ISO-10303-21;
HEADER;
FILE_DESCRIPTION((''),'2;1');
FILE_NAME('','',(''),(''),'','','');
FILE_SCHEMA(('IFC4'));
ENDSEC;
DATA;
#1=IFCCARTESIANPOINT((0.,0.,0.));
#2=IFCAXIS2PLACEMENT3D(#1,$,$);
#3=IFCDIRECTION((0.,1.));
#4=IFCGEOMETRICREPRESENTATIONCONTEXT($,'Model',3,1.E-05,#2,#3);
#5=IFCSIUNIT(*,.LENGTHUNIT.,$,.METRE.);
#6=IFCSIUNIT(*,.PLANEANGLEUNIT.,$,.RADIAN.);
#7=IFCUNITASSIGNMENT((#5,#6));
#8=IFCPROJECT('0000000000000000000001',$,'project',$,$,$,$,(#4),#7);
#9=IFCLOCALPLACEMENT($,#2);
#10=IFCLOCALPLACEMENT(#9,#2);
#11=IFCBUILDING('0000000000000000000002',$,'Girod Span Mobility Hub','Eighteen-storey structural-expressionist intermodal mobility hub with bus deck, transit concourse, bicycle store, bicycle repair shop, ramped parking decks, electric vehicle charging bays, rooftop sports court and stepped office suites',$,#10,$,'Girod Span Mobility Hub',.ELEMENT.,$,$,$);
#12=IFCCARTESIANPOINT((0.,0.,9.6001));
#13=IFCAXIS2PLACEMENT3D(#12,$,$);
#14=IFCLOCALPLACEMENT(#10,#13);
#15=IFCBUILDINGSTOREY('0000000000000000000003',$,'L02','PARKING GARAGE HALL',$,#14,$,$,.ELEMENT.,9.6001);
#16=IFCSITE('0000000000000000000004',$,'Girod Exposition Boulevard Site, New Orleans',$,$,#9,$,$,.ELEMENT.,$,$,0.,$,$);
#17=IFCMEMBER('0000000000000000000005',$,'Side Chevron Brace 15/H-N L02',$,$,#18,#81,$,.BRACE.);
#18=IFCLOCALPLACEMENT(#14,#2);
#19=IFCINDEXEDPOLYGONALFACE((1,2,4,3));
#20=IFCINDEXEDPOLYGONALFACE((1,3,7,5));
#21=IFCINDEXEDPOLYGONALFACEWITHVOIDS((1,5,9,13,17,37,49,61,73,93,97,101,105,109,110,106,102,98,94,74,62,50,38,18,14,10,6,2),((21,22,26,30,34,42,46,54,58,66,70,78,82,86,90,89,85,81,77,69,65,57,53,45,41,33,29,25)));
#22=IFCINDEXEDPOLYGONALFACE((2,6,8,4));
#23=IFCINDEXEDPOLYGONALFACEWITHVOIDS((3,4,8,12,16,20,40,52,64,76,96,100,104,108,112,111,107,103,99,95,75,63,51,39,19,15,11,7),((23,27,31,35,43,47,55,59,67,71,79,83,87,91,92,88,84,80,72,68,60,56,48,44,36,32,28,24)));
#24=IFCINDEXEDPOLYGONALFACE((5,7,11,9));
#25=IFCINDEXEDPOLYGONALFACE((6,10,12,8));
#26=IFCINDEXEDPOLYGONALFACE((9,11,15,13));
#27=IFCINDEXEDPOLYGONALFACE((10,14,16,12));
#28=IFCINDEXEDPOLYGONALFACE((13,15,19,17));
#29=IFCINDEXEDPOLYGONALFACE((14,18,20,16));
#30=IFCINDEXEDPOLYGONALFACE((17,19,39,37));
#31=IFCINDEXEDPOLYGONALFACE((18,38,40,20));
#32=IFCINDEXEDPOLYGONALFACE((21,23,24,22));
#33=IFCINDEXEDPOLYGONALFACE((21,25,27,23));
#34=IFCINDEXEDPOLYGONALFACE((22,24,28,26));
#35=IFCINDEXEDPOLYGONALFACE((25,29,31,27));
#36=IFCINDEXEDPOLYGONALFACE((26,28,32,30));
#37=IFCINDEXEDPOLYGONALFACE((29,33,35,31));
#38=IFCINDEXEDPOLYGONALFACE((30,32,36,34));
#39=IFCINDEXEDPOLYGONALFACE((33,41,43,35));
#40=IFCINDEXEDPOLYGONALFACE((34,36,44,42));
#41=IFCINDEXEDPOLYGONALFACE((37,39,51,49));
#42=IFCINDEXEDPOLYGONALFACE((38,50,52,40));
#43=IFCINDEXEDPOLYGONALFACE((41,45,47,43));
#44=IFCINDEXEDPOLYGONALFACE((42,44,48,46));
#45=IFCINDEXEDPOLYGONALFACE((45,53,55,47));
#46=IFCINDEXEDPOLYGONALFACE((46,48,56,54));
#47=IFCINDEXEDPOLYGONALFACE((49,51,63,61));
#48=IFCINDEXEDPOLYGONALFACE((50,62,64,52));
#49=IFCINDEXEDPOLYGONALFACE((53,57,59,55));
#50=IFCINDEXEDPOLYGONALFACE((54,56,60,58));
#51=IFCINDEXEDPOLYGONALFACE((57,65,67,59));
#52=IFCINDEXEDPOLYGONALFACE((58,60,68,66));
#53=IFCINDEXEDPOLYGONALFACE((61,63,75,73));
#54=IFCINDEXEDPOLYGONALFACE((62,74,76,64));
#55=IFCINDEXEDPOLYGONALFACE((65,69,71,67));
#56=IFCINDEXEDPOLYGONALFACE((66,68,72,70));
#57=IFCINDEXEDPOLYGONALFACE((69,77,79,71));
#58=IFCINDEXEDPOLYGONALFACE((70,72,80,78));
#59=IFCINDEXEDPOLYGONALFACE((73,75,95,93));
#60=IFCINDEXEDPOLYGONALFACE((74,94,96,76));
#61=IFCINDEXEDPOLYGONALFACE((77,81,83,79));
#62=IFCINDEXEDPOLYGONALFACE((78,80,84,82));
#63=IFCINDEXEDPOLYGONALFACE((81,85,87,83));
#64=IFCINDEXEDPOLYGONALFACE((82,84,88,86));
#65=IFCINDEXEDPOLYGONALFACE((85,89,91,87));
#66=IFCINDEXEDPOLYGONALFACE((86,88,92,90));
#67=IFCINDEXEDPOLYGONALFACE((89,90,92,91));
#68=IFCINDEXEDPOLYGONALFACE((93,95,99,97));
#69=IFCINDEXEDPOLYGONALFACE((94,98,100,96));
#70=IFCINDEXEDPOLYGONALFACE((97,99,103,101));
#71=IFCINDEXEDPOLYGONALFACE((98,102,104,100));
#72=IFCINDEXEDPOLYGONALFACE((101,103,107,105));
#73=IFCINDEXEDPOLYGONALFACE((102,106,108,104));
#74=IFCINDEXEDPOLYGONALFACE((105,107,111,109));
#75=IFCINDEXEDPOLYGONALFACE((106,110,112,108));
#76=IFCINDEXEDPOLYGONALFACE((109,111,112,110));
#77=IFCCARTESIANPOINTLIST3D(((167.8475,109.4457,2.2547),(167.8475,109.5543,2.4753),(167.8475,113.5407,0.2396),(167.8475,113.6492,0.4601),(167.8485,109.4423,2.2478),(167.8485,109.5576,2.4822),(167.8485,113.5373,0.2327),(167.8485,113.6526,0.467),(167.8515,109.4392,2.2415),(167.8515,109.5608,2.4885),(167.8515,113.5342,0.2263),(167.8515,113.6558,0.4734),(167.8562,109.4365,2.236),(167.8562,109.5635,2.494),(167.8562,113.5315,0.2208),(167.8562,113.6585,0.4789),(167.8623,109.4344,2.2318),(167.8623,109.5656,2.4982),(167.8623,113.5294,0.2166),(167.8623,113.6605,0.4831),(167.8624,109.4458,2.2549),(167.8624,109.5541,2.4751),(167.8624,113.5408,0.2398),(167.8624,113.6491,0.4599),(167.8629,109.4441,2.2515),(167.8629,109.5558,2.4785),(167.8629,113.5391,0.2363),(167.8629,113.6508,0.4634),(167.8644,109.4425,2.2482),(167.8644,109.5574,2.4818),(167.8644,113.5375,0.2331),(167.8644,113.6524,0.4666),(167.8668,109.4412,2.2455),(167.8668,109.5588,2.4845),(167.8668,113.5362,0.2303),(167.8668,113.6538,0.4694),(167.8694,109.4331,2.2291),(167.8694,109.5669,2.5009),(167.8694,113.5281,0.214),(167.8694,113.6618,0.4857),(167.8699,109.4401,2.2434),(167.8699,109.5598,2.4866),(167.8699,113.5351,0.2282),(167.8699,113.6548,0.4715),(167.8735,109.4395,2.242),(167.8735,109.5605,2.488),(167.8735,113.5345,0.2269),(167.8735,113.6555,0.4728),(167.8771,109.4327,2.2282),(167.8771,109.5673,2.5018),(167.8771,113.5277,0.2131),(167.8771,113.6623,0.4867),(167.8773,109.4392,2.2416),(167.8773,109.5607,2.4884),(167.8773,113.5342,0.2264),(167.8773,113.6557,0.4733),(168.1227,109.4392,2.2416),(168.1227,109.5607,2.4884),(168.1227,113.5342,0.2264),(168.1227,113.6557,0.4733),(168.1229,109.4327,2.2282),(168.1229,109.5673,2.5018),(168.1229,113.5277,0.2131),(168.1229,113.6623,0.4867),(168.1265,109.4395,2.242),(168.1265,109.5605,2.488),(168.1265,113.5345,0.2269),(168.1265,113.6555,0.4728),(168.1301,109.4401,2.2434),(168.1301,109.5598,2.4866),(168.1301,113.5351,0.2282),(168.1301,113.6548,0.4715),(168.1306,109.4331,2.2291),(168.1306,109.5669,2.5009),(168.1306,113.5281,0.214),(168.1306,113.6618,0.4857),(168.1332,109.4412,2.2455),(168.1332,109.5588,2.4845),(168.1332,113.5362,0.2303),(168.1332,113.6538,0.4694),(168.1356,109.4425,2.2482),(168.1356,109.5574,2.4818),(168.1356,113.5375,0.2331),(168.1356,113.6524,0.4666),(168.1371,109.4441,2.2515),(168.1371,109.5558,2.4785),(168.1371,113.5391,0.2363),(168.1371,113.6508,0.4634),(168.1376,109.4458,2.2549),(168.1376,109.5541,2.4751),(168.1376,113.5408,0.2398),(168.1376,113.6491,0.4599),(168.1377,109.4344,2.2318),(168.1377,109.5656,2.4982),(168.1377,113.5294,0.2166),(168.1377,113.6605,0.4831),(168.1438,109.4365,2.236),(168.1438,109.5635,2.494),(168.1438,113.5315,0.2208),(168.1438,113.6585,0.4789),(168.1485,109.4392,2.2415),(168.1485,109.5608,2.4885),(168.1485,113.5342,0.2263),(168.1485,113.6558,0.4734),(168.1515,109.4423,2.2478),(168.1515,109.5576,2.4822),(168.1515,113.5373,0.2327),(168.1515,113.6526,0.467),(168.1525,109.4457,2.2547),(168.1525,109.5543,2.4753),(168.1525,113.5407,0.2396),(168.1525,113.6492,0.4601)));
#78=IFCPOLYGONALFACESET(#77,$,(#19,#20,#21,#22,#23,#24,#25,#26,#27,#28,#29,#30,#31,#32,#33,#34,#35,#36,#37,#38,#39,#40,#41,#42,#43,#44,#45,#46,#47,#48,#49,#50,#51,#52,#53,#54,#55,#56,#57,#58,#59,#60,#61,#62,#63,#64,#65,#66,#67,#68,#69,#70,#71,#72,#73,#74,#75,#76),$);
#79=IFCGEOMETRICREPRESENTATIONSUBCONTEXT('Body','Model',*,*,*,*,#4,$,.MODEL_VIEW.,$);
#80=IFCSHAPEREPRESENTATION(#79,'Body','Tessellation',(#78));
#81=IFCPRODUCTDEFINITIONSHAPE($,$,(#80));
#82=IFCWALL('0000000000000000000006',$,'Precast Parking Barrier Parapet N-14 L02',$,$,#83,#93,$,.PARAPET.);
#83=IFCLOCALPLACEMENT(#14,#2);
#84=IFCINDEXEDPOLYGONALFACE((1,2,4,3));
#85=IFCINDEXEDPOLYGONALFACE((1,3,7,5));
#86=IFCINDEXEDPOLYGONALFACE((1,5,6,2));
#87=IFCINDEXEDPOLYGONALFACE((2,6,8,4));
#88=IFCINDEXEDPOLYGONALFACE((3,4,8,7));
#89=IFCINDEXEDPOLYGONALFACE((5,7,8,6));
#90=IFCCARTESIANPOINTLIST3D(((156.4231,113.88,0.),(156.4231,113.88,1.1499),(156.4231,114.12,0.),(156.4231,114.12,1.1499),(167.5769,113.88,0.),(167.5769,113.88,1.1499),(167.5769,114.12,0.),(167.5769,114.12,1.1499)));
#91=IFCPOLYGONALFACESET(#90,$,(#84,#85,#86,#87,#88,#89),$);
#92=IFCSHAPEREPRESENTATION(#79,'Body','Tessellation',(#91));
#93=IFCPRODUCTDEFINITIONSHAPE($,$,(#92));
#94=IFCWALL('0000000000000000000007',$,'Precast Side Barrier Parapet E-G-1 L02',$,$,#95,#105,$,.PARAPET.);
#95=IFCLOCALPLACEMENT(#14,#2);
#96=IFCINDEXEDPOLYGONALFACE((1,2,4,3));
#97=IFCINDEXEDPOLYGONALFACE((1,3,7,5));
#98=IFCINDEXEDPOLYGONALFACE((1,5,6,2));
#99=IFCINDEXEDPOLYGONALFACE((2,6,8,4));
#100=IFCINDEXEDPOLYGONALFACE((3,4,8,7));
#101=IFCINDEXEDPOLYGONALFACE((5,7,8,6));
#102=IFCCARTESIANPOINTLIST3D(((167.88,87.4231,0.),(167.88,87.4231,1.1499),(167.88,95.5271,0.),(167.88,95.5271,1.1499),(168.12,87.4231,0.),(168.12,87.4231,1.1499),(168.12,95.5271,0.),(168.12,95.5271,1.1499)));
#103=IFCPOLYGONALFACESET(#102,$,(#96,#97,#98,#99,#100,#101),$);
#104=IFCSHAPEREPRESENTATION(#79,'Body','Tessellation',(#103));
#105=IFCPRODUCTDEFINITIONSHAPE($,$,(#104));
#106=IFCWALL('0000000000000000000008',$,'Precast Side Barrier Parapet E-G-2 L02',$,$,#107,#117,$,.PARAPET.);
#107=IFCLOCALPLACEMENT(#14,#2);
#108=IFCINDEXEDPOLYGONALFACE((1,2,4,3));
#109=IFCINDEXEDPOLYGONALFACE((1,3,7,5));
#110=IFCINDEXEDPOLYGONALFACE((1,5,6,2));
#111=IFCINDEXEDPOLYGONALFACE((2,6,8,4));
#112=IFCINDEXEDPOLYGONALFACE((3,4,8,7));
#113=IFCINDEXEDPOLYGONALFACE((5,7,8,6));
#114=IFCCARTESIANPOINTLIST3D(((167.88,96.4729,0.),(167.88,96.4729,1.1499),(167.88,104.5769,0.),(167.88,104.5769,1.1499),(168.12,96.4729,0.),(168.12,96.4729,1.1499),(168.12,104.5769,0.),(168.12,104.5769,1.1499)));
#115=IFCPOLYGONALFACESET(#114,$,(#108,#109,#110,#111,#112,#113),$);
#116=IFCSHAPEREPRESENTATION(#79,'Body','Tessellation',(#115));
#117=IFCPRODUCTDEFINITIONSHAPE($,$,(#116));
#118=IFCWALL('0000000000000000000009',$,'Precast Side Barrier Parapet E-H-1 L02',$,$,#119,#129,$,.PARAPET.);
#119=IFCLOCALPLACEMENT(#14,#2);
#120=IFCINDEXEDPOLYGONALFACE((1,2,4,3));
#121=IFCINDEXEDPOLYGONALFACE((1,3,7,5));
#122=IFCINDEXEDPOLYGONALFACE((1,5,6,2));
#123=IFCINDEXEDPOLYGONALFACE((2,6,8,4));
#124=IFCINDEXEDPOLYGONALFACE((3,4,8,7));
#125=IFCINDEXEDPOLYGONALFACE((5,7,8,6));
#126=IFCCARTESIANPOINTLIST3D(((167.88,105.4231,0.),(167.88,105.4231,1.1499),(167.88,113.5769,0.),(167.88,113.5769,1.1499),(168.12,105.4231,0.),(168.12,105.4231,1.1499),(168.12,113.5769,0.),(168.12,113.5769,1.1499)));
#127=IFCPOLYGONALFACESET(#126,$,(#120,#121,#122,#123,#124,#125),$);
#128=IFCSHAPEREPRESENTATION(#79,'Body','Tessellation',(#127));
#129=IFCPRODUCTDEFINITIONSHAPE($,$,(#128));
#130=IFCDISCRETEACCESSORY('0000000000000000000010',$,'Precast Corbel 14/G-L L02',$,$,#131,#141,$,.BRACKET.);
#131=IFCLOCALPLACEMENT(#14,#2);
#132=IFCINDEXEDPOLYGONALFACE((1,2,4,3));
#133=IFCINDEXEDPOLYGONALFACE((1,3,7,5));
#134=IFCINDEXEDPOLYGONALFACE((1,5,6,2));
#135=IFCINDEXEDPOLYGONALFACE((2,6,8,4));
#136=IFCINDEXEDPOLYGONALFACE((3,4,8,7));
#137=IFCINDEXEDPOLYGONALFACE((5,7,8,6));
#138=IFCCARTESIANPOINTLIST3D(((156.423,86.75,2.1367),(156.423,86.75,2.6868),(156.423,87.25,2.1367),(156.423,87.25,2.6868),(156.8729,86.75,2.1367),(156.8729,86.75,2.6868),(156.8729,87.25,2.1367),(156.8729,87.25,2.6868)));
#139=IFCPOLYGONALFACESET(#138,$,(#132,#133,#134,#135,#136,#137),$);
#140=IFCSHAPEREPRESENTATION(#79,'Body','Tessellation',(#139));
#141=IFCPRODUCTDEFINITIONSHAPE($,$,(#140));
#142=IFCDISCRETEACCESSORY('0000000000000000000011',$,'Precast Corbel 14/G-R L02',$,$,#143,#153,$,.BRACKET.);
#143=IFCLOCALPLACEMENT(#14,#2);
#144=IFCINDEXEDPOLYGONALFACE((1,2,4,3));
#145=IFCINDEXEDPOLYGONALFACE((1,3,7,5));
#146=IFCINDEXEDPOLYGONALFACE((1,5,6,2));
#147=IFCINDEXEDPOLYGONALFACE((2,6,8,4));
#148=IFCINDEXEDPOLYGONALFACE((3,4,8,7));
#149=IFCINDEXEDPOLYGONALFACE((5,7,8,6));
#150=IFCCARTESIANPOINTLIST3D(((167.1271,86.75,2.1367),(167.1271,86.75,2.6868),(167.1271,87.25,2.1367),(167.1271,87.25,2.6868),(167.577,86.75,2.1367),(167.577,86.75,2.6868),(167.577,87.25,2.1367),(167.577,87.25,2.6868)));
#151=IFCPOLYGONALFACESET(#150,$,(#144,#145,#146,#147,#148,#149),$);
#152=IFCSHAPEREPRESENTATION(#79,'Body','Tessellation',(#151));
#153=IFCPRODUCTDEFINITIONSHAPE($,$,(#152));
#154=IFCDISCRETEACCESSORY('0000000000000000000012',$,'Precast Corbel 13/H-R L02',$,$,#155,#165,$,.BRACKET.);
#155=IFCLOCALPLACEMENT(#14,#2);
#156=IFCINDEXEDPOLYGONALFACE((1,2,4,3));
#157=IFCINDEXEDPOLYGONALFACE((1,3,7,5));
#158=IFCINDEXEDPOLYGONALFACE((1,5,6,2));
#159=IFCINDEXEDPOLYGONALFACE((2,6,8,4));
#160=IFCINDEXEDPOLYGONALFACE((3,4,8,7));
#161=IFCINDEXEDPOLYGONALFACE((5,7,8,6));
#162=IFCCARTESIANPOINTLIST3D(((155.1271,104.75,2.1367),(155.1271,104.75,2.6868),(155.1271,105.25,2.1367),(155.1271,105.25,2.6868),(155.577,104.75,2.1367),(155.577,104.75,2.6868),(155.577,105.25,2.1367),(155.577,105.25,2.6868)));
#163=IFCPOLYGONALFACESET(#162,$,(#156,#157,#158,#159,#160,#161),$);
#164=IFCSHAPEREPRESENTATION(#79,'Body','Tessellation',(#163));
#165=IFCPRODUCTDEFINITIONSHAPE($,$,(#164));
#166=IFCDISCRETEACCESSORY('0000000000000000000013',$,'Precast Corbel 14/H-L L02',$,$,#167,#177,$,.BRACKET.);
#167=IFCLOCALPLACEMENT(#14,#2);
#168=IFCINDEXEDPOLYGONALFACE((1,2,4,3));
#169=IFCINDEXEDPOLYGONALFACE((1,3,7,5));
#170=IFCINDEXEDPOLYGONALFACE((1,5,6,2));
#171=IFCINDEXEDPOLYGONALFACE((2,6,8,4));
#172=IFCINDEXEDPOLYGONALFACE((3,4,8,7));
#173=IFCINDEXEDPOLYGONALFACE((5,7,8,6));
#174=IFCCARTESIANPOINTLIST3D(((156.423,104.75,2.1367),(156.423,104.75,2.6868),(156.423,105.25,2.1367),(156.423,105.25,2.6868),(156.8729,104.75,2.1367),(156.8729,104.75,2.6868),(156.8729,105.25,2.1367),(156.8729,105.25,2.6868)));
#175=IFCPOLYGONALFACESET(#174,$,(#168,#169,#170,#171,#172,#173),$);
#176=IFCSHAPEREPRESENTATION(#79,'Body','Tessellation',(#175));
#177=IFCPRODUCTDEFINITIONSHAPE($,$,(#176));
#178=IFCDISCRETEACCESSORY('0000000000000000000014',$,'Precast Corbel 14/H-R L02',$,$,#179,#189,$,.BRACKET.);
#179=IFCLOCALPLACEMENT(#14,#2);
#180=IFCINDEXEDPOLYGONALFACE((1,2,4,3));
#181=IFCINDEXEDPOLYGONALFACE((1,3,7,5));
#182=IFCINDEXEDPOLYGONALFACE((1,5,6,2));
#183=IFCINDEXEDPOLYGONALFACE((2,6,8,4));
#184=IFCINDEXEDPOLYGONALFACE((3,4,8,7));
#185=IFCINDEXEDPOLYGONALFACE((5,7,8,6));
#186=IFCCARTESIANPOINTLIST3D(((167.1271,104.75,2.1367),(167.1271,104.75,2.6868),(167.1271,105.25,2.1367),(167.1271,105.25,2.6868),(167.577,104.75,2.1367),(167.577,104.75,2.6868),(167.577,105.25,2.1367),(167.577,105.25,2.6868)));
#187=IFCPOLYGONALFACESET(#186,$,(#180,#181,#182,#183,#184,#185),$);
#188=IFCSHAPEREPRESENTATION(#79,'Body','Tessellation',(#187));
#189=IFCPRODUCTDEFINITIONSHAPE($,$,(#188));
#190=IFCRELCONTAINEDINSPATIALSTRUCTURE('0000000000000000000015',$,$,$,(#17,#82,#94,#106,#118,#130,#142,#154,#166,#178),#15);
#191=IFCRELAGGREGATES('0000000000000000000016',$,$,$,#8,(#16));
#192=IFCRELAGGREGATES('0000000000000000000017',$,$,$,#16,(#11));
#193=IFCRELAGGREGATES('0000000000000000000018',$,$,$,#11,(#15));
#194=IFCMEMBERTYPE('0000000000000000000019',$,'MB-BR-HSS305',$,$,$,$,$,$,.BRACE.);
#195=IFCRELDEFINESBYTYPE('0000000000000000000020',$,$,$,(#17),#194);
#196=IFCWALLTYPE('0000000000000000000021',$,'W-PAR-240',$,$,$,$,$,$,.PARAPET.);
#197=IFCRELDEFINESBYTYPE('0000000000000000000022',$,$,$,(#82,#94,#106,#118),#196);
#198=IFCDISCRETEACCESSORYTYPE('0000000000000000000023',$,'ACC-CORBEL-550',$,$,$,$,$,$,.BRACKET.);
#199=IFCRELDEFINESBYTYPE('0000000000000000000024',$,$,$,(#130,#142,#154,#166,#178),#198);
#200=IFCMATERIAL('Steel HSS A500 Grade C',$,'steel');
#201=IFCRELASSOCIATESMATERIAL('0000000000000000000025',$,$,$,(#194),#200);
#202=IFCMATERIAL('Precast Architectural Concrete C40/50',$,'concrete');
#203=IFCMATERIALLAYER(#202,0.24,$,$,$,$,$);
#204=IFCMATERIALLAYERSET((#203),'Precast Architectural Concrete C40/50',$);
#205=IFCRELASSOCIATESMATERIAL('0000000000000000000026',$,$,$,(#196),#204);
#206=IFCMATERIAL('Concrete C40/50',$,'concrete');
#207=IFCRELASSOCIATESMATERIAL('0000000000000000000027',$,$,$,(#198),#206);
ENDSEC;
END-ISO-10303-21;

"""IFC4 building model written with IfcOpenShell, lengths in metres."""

from ifc_helpers import new_model, si_unit, direction, frame, frame_2d, origin, origin_2d, place, context, subcontext, project, spatial, rectangle, hollow_rectangle, extrude, material, layer, layer_set, material_profile, profile_set, type_object, element, save


model = new_model("IFC4")

# Units and contexts
model_context = context("Model", 3, precision=1e-05, world=origin(), true_north=direction((0.0, 1.0)))
body_context = subcontext(model_context, "Body", "Model", "MODEL_VIEW")
ifc_project = project(units=[si_unit("LENGTHUNIT", "METRE"), si_unit("PLANEANGLEUNIT", "RADIAN")], contexts=[model_context])

# Site, building, storey
site_placement = place(None, origin())
site = spatial("IfcSite", under=ifc_project, at=site_placement, Name="Girod Exposition Boulevard Site, New Orleans", CompositionType="ELEMENT", RefElevation=0.0)
building_placement = place(site_placement, origin())
building = spatial("IfcBuilding", under=site, at=building_placement, Name="Girod Span Mobility Hub", Description="Eighteen-storey structural-expressionist intermodal mobility hub with bus deck, transit concourse, bicycle store, bicycle repair shop, ramped parking decks, electric vehicle charging bays, rooftop sports court and stepped office suites", LongName="Girod Span Mobility Hub", CompositionType="ELEMENT")
storey_placement = place(building_placement, frame((0.0, 0.0, 9.6001)))
storey = spatial("IfcBuildingStorey", under=building, at=storey_placement, Name="L02", Description="PARKING GARAGE HALL", CompositionType="ELEMENT", Elevation=9.6001)

# Member
ifc_material_1 = material(Name="Steel HSS A500 Grade C", Category="steel")
ifc_material_profile_1 = material_profile(ifc_material_1, hollow_rectangle(XDim=0.3049, YDim=0.3049, WallThickness=0.0149, InnerFilletRadius=0.0149, OuterFilletRadius=0.0295, at=origin_2d()), Name="HSS305X305X16")
ifc_profile_set_1 = profile_set([ifc_material_profile_1], Name="Steel HSS A500 Grade C")
member_type = type_object("IfcMemberType", Name="MB-BR-HSS305", PredefinedType="BRACE", material=ifc_profile_set_1)
for number, where, z_axis, x_axis, name in (
    (1, (168.0, 113.595, 0.3499), (0.0, -0.897244, 0.441534), (1.0, 0.0, 0.0), "Side Chevron Brace 15/H-N L02"),
):
    element("IfcMember", number, at=place(storey_placement, frame(where, z_axis=z_axis, x_axis=x_axis)), inside=storey, type_object=member_type, Name=name, PredefinedType="BRACE", context=body_context, shape_type="SweptSolid", body=[
        extrude(hollow_rectangle(XDim=0.3049, YDim=0.3049, WallThickness=0.0149, InnerFilletRadius=0.0149, OuterFilletRadius=0.0295, at=origin_2d()), origin(), (0.0, 0.0, 1.0), 4.564),
    ])

# Walls
ifc_material_2 = material(Name="Precast Architectural Concrete C40/50", Category="concrete")
ifc_layer = layer(ifc_material_2, 0.24)
ifc_layer_set = layer_set([ifc_layer], Name="Precast Architectural Concrete C40/50")
wall_type = type_object("IfcWallType", Name="W-PAR-240", PredefinedType="PARAPET", material=ifc_layer_set)
wall_1_placement = place(storey_placement, frame((156.4231, 114.0, 0.0), z_axis=(0.0, 0.0, 1.0), x_axis=(1.0, 0.0, 0.0)))
element("IfcWall", 2, at=wall_1_placement, inside=storey, type_object=wall_type, Name="Precast Parking Barrier Parapet N-14 L02", PredefinedType="PARAPET", context=body_context, shape_type="SweptSolid", body=[
    extrude(rectangle(XDim=11.1538, YDim=0.24, at=frame_2d((5.5769, 0.0))), origin(), (0.0, 0.0, 1.0), 1.1499),
])
for number, where, z_axis, x_axis, name in (
    (3, (168.0, 87.4231, 0.0), (0.0, 0.0, 1.0), (0.0, 1.0, 0.0), "Precast Side Barrier Parapet E-G-1 L02"),
    (4, (168.0, 96.4729, 0.0), (0.0, 0.0, 1.0), (0.0, 1.0, 0.0), "Precast Side Barrier Parapet E-G-2 L02"),
):
    element("IfcWall", number, at=place(storey_placement, frame(where, z_axis=z_axis, x_axis=x_axis)), inside=storey, type_object=wall_type, Name=name, PredefinedType="PARAPET", context=body_context, shape_type="SweptSolid", body=[
        extrude(rectangle(XDim=8.104, YDim=0.24, at=frame_2d((4.052, 0.0))), origin(), (0.0, 0.0, 1.0), 1.1499),
    ])
wall_2_placement = place(storey_placement, frame((168.0, 105.4231, 0.0), z_axis=(0.0, 0.0, 1.0), x_axis=(0.0, 1.0, 0.0)))
element("IfcWall", 5, at=wall_2_placement, inside=storey, type_object=wall_type, Name="Precast Side Barrier Parapet E-H-1 L02", PredefinedType="PARAPET", context=body_context, shape_type="SweptSolid", body=[
    extrude(rectangle(XDim=8.1538, YDim=0.24, at=frame_2d((4.0769, 0.0))), origin(), (0.0, 0.0, 1.0), 1.1499),
])

# Discrete accessories
ifc_material_3 = material(Name="Concrete C40/50", Category="concrete")
discrete_accessory_type = type_object("IfcDiscreteAccessoryType", Name="ACC-CORBEL-550", PredefinedType="BRACKET", material=ifc_material_3)
for number, where, z_axis, x_axis, name in (
    (6, (156.6479, 87.0, 2.1367), (0.0, 0.0, 1.0), (1.0, 0.0, 0.0), "Precast Corbel 14/G-L L02"),
    (7, (167.3521, 87.0, 2.1367), (0.0, 0.0, 1.0), (1.0, 0.0, 0.0), "Precast Corbel 14/G-R L02"),
    (8, (155.3521, 105.0, 2.1367), (0.0, 0.0, 1.0), (1.0, 0.0, 0.0), "Precast Corbel 13/H-R L02"),
    (9, (156.6479, 105.0, 2.1367), (0.0, 0.0, 1.0), (1.0, 0.0, 0.0), "Precast Corbel 14/H-L L02"),
    (10, (167.3521, 105.0, 2.1367), (0.0, 0.0, 1.0), (1.0, 0.0, 0.0), "Precast Corbel 14/H-R L02"),
):
    element("IfcDiscreteAccessory", number, at=place(storey_placement, frame(where, z_axis=z_axis, x_axis=x_axis)), inside=storey, type_object=discrete_accessory_type, Name=name, PredefinedType="BRACKET", context=body_context, shape_type="SweptSolid", body=[
        extrude(rectangle(XDim=0.45, YDim=0.5, at=origin_2d()), origin(), (0.0, 0.0, 1.0), 0.55),
    ])

save(model, "model.ifc")
